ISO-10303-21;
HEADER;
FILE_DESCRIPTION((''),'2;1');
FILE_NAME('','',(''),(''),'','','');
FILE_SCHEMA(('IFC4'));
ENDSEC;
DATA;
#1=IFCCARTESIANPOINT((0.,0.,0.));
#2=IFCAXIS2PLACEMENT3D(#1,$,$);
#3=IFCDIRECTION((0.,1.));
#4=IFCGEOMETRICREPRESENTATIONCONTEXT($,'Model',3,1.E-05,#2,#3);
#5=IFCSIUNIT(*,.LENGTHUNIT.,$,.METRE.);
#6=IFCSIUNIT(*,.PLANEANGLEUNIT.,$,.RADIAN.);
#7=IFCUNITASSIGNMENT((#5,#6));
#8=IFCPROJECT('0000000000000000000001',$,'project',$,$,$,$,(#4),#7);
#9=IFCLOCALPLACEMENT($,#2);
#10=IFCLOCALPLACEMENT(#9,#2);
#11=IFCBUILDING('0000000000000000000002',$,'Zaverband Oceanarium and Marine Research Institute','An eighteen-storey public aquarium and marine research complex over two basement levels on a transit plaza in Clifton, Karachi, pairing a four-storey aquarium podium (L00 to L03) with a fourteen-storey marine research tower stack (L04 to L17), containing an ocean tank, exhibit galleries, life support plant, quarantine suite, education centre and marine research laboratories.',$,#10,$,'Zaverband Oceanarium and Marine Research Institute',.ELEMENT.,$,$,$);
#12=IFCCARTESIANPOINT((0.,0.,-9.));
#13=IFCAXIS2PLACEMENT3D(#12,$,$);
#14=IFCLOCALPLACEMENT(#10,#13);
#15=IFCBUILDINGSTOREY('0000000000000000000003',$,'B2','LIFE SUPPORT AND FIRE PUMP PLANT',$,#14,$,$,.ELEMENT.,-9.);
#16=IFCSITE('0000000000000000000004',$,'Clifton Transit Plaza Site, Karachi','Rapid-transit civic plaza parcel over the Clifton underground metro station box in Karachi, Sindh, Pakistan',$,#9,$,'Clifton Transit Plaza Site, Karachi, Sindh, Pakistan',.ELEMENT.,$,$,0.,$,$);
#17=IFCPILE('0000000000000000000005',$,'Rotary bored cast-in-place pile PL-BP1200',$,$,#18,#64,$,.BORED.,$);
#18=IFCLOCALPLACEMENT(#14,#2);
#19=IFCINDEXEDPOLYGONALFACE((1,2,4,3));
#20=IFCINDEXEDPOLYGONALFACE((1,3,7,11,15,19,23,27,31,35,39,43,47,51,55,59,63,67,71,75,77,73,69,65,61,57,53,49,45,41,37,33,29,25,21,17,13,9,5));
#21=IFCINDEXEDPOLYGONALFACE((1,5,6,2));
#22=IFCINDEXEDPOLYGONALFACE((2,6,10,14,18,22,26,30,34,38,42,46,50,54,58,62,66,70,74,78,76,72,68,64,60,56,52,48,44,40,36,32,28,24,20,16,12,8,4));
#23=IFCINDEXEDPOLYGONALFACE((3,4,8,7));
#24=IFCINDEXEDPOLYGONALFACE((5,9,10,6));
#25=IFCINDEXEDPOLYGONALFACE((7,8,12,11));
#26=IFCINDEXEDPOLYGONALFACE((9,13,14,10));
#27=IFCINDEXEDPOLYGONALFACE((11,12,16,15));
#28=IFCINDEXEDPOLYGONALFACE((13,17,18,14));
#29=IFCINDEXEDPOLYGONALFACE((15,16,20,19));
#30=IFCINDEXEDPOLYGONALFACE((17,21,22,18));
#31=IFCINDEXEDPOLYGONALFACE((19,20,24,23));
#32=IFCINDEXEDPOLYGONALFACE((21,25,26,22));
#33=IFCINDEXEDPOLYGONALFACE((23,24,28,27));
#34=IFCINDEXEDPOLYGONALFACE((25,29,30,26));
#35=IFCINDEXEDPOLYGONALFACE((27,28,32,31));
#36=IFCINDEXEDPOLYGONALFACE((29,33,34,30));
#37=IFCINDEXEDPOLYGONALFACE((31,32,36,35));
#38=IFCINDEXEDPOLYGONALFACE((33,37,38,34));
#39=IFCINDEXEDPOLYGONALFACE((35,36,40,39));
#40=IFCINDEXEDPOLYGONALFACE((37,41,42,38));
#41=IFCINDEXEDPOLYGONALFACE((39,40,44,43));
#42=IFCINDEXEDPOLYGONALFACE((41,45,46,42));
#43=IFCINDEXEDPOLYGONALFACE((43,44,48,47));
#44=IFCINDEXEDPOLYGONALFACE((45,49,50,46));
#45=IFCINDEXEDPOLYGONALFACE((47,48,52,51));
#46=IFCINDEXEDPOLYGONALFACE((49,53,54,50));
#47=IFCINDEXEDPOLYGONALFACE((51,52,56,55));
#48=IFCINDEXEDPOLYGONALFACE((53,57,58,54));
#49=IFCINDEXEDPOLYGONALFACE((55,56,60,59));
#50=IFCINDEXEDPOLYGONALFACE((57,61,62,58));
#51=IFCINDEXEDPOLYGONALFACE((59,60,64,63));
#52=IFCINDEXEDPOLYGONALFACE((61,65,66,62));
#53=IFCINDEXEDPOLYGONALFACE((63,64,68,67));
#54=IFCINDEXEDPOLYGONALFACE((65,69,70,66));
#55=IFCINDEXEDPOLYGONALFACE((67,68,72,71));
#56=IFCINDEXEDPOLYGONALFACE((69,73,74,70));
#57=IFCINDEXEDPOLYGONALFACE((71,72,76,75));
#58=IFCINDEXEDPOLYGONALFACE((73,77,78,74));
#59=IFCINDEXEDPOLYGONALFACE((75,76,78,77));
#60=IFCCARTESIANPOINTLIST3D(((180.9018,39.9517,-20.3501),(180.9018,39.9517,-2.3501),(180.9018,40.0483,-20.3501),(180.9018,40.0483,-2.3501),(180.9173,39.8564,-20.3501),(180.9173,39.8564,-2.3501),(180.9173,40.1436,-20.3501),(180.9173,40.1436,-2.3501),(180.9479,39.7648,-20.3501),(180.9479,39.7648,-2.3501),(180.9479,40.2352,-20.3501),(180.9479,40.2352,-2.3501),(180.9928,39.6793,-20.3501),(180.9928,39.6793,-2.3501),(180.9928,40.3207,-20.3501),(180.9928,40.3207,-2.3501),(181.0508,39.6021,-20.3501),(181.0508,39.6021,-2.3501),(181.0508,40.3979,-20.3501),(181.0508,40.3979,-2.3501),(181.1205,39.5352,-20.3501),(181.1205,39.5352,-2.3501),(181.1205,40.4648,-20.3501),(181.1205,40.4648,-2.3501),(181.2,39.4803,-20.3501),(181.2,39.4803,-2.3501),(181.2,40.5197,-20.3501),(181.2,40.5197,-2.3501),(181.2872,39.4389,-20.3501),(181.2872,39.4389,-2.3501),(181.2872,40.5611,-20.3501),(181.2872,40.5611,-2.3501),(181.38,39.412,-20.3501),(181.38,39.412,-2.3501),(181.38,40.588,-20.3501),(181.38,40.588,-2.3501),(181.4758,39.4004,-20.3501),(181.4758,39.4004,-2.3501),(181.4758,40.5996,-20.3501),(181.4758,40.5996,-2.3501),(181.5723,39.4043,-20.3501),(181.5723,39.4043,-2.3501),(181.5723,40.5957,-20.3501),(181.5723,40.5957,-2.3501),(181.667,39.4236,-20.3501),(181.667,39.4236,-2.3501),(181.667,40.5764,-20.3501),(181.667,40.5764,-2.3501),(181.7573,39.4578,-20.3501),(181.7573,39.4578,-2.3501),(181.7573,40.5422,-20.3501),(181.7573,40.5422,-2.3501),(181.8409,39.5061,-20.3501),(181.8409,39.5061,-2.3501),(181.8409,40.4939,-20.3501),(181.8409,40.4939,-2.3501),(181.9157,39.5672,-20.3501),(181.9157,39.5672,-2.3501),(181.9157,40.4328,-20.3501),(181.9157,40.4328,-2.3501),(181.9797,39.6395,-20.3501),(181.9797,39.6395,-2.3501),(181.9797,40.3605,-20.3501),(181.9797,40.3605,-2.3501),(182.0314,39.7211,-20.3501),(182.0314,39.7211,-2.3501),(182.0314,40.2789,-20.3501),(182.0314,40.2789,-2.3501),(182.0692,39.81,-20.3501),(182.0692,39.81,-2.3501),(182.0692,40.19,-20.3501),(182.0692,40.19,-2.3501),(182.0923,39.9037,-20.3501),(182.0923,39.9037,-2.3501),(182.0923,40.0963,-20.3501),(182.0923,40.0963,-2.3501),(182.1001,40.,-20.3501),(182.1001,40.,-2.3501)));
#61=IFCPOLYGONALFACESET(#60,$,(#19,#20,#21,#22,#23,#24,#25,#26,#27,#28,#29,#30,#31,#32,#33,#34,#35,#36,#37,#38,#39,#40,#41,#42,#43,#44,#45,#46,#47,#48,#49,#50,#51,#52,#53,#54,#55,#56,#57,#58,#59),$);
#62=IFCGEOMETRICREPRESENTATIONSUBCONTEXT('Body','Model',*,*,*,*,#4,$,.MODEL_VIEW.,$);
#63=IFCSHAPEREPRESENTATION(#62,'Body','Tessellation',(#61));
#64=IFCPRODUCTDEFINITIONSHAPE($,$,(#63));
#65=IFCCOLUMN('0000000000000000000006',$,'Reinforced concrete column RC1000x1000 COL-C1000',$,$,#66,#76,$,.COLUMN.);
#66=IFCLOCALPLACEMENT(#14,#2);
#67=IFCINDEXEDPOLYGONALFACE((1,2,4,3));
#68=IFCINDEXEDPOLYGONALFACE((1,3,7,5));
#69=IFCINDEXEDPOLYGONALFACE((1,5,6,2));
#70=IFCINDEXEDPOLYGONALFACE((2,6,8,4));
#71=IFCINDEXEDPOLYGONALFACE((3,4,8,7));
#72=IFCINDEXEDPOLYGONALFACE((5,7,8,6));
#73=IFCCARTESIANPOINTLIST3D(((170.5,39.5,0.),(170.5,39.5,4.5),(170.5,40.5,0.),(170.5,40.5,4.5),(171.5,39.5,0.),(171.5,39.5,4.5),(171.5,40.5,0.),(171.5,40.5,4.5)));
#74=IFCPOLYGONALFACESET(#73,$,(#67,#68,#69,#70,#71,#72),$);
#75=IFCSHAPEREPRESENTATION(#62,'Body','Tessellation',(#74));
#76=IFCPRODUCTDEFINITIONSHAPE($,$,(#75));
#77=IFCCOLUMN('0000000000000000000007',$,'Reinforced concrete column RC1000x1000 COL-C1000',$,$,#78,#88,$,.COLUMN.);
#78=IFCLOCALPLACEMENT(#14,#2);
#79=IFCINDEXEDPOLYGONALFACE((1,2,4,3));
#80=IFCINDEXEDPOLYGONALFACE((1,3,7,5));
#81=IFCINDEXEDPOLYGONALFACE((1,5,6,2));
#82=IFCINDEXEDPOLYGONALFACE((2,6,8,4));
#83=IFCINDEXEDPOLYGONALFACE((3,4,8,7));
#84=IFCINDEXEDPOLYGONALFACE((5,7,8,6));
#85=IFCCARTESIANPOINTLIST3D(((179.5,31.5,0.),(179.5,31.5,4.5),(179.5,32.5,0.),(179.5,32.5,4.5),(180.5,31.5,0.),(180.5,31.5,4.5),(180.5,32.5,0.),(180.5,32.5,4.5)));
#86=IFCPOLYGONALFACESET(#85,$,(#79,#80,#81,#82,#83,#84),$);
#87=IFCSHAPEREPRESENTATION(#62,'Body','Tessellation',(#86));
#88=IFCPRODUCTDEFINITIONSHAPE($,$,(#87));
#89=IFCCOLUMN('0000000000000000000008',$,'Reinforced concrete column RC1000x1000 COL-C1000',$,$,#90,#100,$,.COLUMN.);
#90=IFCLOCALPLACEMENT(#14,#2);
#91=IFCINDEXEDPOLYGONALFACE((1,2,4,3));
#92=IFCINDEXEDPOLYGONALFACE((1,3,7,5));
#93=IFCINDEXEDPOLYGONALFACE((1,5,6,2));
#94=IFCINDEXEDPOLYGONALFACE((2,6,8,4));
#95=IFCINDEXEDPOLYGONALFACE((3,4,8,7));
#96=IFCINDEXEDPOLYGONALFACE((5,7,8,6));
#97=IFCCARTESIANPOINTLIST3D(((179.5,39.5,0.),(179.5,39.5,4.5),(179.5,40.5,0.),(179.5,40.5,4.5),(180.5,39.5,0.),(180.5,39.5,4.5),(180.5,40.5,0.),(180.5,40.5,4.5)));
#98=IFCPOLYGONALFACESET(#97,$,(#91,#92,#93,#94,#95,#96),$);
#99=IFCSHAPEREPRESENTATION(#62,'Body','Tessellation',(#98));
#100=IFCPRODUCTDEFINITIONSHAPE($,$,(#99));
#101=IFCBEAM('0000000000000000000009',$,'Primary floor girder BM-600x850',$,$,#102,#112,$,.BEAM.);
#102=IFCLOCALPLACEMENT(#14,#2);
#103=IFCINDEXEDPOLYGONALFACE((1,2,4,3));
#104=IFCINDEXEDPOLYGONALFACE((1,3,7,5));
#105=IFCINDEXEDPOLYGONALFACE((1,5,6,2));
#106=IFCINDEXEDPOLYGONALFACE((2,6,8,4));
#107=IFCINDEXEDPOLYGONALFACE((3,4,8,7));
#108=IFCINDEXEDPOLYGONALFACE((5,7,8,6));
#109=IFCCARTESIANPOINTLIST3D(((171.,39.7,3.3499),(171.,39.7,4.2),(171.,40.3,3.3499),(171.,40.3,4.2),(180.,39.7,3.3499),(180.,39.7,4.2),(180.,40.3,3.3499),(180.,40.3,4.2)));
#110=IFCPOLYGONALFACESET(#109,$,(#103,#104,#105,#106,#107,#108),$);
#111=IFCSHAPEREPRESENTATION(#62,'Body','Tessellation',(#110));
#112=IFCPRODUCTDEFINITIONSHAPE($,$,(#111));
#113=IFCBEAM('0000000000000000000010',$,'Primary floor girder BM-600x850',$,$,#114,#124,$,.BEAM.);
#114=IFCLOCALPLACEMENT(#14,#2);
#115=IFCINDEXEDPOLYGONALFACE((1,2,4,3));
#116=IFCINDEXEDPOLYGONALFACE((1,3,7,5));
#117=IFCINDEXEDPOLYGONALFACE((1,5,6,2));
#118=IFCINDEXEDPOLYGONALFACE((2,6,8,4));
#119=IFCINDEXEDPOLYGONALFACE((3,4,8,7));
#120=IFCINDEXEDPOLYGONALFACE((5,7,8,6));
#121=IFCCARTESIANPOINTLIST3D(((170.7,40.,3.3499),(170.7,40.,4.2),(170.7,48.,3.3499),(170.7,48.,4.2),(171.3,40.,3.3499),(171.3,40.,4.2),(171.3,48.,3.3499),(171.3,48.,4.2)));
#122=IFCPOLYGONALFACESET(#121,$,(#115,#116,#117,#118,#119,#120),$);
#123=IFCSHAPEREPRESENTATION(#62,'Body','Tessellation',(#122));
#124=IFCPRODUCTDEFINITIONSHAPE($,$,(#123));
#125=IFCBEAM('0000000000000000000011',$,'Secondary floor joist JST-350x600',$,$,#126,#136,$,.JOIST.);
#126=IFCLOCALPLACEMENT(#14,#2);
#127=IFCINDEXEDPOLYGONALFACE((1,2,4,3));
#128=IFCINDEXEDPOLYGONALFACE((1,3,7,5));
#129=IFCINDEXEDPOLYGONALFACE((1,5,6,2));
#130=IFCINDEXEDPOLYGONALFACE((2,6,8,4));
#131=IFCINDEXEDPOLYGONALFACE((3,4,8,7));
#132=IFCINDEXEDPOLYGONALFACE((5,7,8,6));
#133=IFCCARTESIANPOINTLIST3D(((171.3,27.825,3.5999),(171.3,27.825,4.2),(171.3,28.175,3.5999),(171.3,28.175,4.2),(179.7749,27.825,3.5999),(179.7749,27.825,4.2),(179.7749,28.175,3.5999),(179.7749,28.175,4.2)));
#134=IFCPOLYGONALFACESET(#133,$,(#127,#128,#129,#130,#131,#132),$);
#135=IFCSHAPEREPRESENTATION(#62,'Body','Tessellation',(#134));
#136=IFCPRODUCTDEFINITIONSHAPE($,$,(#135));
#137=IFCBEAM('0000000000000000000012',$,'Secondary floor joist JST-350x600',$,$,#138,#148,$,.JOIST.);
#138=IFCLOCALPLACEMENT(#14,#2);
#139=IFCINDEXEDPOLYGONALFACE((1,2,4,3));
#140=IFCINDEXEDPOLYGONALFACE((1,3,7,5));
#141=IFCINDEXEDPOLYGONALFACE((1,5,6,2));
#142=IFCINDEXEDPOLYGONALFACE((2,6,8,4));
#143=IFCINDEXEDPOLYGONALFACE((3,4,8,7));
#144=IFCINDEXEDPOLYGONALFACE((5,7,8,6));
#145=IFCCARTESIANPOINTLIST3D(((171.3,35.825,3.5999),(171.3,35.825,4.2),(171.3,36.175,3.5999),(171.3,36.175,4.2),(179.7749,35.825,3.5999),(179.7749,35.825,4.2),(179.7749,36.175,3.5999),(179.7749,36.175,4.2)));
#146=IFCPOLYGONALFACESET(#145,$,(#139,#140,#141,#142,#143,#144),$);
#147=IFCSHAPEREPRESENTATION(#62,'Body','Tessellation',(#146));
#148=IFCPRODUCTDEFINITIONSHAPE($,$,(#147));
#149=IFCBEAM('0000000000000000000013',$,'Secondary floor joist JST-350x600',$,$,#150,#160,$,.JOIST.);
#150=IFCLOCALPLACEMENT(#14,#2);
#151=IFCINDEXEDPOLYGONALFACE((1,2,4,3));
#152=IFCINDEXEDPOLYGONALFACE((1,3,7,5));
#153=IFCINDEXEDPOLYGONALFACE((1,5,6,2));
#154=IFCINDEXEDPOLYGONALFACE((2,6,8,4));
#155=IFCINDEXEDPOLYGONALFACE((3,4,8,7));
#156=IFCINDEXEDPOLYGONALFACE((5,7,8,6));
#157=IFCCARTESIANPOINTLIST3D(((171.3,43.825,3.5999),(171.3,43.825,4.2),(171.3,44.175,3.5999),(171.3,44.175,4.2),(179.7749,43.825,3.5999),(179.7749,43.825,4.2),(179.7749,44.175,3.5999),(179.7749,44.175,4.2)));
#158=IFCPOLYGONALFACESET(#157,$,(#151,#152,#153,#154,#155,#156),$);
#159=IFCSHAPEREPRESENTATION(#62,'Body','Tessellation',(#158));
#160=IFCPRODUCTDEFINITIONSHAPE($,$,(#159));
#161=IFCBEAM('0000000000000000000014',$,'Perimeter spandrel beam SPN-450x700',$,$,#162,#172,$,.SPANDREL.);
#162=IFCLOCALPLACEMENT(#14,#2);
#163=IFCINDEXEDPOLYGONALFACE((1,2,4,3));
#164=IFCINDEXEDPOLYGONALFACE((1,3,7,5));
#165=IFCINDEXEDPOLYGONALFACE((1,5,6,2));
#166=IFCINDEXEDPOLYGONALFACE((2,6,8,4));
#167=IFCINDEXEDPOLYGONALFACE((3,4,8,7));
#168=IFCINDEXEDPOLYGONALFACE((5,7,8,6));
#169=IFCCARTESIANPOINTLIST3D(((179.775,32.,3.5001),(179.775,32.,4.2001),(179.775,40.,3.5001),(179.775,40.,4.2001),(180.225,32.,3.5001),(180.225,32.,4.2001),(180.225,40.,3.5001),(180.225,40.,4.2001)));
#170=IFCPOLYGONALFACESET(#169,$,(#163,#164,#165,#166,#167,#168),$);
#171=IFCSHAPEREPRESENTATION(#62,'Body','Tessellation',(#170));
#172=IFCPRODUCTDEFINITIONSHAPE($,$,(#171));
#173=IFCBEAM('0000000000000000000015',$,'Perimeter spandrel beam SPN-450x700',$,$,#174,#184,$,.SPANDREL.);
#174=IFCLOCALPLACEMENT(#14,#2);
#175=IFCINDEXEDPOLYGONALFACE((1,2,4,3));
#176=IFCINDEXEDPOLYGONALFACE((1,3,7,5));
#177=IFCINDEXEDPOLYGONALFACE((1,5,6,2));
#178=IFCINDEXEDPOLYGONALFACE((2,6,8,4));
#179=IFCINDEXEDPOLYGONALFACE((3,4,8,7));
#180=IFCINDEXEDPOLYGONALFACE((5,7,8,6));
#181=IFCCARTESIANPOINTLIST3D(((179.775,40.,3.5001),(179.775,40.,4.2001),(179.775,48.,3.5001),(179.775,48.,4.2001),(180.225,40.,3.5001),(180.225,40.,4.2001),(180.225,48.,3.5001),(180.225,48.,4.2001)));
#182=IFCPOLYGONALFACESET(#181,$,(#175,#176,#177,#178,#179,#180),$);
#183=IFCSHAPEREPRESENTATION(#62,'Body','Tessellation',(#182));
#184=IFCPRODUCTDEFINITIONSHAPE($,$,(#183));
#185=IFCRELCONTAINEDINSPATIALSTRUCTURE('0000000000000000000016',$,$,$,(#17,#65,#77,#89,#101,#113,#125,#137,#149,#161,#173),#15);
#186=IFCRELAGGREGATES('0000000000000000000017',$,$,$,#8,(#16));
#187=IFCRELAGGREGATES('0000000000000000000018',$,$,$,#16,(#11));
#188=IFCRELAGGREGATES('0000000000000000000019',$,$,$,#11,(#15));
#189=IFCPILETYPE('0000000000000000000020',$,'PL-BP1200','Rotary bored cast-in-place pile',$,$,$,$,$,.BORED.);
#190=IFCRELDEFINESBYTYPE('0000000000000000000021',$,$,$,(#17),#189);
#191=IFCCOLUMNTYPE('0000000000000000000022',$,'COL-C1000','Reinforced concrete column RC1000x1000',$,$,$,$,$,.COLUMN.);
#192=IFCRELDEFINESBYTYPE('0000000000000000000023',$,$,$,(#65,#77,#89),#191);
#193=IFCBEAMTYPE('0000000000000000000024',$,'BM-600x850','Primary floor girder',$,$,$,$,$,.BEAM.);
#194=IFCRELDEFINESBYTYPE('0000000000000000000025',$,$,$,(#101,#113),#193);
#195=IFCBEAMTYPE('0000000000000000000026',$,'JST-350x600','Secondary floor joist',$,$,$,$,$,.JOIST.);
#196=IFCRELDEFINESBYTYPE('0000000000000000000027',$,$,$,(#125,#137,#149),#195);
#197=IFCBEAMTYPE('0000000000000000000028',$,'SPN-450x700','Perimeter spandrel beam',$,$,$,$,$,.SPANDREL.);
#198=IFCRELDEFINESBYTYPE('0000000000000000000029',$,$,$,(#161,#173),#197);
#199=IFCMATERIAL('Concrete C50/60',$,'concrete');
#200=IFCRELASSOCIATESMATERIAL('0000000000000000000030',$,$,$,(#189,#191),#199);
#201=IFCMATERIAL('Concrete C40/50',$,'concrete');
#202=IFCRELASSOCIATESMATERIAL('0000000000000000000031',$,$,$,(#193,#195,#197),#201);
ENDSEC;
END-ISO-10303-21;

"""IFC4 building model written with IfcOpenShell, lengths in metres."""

from ifc_helpers import new_model, si_unit, direction, frame, origin, origin_2d, place, context, subcontext, project, spatial, rectangle, circle, extrude, material, material_profile, profile_set, type_object, element, save


model = new_model("IFC4")

# Units and contexts
model_context = context("Model", 3, precision=1e-05, world=origin(), true_north=direction((0.0, 1.0)))
body_context = subcontext(model_context, "Body", "Model", "MODEL_VIEW")
ifc_project = project(units=[si_unit("LENGTHUNIT", "METRE"), si_unit("PLANEANGLEUNIT", "RADIAN")], contexts=[model_context])

# Site, building, storey
site_placement = place(None, origin())
site = spatial("IfcSite", under=ifc_project, at=site_placement, Name="Clifton Transit Plaza Site, Karachi", Description="Rapid-transit civic plaza parcel over the Clifton underground metro station box in Karachi, Sindh, Pakistan", LongName="Clifton Transit Plaza Site, Karachi, Sindh, Pakistan", CompositionType="ELEMENT", RefElevation=0.0)
building_placement = place(site_placement, origin())
building = spatial("IfcBuilding", under=site, at=building_placement, Name="Zaverband Oceanarium and Marine Research Institute", Description="An eighteen-storey public aquarium and marine research complex over two basement levels on a transit plaza in Clifton, Karachi, pairing a four-storey aquarium podium (L00 to L03) with a fourteen-storey marine research tower stack (L04 to L17), containing an ocean tank, exhibit galleries, life support plant, quarantine suite, education centre and marine research laboratories.", LongName="Zaverband Oceanarium and Marine Research Institute", CompositionType="ELEMENT")
storey_placement = place(building_placement, frame((0.0, 0.0, -9.0)))
storey = spatial("IfcBuildingStorey", under=building, at=storey_placement, Name="B2", Description="LIFE SUPPORT AND FIRE PUMP PLANT", CompositionType="ELEMENT", Elevation=-9.0)

# Shared definitions
ifc_material_1 = material(Name="Concrete C50/60", Category="concrete")

# Pile
ifc_material_profile_1 = material_profile(ifc_material_1, circle(Radius=0.6001, at=origin_2d()), Name="BP1200")
ifc_profile_set_1 = profile_set([ifc_material_profile_1], Name="Concrete C50/60")
pile_type_1 = type_object("IfcPileType", Name="PL-BP1200", Description="Rotary bored cast-in-place pile", PredefinedType="BORED", material=ifc_profile_set_1)
for number, where, z_axis, x_axis, name in (
    (1, (181.5, 40.0, -2.3501), (0.0, 0.0, -1.0), (1.0, 0.0, 0.0), "Rotary bored cast-in-place pile PL-BP1200"),
):
    element("IfcPile", number, at=place(storey_placement, frame(where, z_axis=z_axis, x_axis=x_axis)), inside=storey, type_object=pile_type_1, Name=name, PredefinedType="BORED", context=body_context, shape_type="SweptSolid", body=[
        extrude(circle(Radius=0.6001, at=origin_2d()), origin(), (0.0, 0.0, 1.0), 18.0),
    ])

# Columns
ifc_material_profile_2 = material_profile(ifc_material_1, rectangle(XDim=1.0, YDim=1.0, at=origin_2d()), Name="RC1000x1000")
ifc_profile_set_2 = profile_set([ifc_material_profile_2], Name="Concrete C50/60")
column_type = type_object("IfcColumnType", Name="COL-C1000", Description="Reinforced concrete column RC1000x1000", PredefinedType="COLUMN", material=ifc_profile_set_2)
for number, where, z_axis, x_axis, name in (
    (2, (171.0, 40.0, 0.0), (0.0, 0.0, 1.0), (1.0, 0.0, 0.0), "Reinforced concrete column RC1000x1000 COL-C1000"),
    (3, (180.0, 32.0, 0.0), (0.0, 0.0, 1.0), (1.0, 0.0, 0.0), "Reinforced concrete column RC1000x1000 COL-C1000"),
    (4, (180.0, 40.0, 0.0), (0.0, 0.0, 1.0), (1.0, 0.0, 0.0), "Reinforced concrete column RC1000x1000 COL-C1000"),
):
    element("IfcColumn", number, at=place(storey_placement, frame(where, z_axis=z_axis, x_axis=x_axis)), inside=storey, type_object=column_type, Name=name, PredefinedType="COLUMN", context=body_context, shape_type="SweptSolid", body=[
        extrude(rectangle(XDim=1.0, YDim=1.0, at=origin_2d()), origin(), (0.0, 0.0, 1.0), 4.5),
    ])

# Beams
ifc_material_2 = material(Name="Concrete C40/50", Category="concrete")
ifc_material_profile_3 = material_profile(ifc_material_2, rectangle(XDim=0.6001, YDim=0.8501, at=origin_2d()), Name="RC600x850")
ifc_profile_set_3 = profile_set([ifc_material_profile_3], Name="Concrete C40/50")
beam_type_1 = type_object("IfcBeamType", Name="BM-600x850", Description="Primary floor girder", PredefinedType="BEAM", material=ifc_profile_set_3)
beam_1_placement = place(storey_placement, frame((171.0, 40.0, 3.7749), z_axis=(1.0, 0.0, 0.0), x_axis=(0.0, 1.0, 0.0)))
element("IfcBeam", 5, at=beam_1_placement, inside=storey, type_object=beam_type_1, Name="Primary floor girder BM-600x850", PredefinedType="BEAM", context=body_context, shape_type="SweptSolid", body=[
    extrude(rectangle(XDim=0.6001, YDim=0.8501, at=origin_2d()), origin(), (0.0, 0.0, 1.0), 9.0),
])
beam_2_placement = place(storey_placement, frame((171.0, 40.0, 3.7749), z_axis=(0.0, 1.0, 0.0), x_axis=(-1.0, 0.0, 0.0)))
element("IfcBeam", 6, at=beam_2_placement, inside=storey, type_object=beam_type_1, Name="Primary floor girder BM-600x850", PredefinedType="BEAM", context=body_context, shape_type="SweptSolid", body=[
    extrude(rectangle(XDim=0.6001, YDim=0.8501, at=origin_2d()), origin(), (0.0, 0.0, 1.0), 8.0),
])
ifc_material_profile_4 = material_profile(ifc_material_2, rectangle(XDim=0.3501, YDim=0.6001, at=origin_2d()), Name="RC350x600")
ifc_profile_set_4 = profile_set([ifc_material_profile_4], Name="Concrete C40/50")
beam_type_2 = type_object("IfcBeamType", Name="JST-350x600", Description="Secondary floor joist", PredefinedType="JOIST", material=ifc_profile_set_4)
for number, where, z_axis, x_axis, name in (
    (7, (171.3, 28.0, 3.8999), (1.0, 0.0, 0.0), (0.0, 1.0, 0.0), "Secondary floor joist JST-350x600"),
    (8, (171.3, 36.0, 3.8999), (1.0, 0.0, 0.0), (0.0, 1.0, 0.0), "Secondary floor joist JST-350x600"),
    (9, (171.3, 44.0, 3.8999), (1.0, 0.0, 0.0), (0.0, 1.0, 0.0), "Secondary floor joist JST-350x600"),
):
    element("IfcBeam", number, at=place(storey_placement, frame(where, z_axis=z_axis, x_axis=x_axis)), inside=storey, type_object=beam_type_2, Name=name, PredefinedType="JOIST", context=body_context, shape_type="SweptSolid", body=[
        extrude(rectangle(XDim=0.3501, YDim=0.6001, at=origin_2d()), origin(), (0.0, 0.0, 1.0), 8.4749),
    ])
ifc_material_profile_5 = material_profile(ifc_material_2, rectangle(XDim=0.45, YDim=0.7, at=origin_2d()), Name="RC450x700")
ifc_profile_set_5 = profile_set([ifc_material_profile_5], Name="Concrete C40/50")
beam_type_3 = type_object("IfcBeamType", Name="SPN-450x700", Description="Perimeter spandrel beam", PredefinedType="SPANDREL", material=ifc_profile_set_5)
for number, where, z_axis, x_axis, name in (
    (10, (180.0, 32.0, 3.8501), (0.0, 1.0, 0.0), (-1.0, 0.0, 0.0), "Perimeter spandrel beam SPN-450x700"),
    (11, (180.0, 40.0, 3.8501), (0.0, 1.0, 0.0), (-1.0, 0.0, 0.0), "Perimeter spandrel beam SPN-450x700"),
):
    element("IfcBeam", number, at=place(storey_placement, frame(where, z_axis=z_axis, x_axis=x_axis)), inside=storey, type_object=beam_type_3, Name=name, PredefinedType="SPANDREL", context=body_context, shape_type="SweptSolid", body=[
        extrude(rectangle(XDim=0.45, YDim=0.7, at=origin_2d()), origin(), (0.0, 0.0, 1.0), 8.0),
    ])

save(model, "model.ifc")
